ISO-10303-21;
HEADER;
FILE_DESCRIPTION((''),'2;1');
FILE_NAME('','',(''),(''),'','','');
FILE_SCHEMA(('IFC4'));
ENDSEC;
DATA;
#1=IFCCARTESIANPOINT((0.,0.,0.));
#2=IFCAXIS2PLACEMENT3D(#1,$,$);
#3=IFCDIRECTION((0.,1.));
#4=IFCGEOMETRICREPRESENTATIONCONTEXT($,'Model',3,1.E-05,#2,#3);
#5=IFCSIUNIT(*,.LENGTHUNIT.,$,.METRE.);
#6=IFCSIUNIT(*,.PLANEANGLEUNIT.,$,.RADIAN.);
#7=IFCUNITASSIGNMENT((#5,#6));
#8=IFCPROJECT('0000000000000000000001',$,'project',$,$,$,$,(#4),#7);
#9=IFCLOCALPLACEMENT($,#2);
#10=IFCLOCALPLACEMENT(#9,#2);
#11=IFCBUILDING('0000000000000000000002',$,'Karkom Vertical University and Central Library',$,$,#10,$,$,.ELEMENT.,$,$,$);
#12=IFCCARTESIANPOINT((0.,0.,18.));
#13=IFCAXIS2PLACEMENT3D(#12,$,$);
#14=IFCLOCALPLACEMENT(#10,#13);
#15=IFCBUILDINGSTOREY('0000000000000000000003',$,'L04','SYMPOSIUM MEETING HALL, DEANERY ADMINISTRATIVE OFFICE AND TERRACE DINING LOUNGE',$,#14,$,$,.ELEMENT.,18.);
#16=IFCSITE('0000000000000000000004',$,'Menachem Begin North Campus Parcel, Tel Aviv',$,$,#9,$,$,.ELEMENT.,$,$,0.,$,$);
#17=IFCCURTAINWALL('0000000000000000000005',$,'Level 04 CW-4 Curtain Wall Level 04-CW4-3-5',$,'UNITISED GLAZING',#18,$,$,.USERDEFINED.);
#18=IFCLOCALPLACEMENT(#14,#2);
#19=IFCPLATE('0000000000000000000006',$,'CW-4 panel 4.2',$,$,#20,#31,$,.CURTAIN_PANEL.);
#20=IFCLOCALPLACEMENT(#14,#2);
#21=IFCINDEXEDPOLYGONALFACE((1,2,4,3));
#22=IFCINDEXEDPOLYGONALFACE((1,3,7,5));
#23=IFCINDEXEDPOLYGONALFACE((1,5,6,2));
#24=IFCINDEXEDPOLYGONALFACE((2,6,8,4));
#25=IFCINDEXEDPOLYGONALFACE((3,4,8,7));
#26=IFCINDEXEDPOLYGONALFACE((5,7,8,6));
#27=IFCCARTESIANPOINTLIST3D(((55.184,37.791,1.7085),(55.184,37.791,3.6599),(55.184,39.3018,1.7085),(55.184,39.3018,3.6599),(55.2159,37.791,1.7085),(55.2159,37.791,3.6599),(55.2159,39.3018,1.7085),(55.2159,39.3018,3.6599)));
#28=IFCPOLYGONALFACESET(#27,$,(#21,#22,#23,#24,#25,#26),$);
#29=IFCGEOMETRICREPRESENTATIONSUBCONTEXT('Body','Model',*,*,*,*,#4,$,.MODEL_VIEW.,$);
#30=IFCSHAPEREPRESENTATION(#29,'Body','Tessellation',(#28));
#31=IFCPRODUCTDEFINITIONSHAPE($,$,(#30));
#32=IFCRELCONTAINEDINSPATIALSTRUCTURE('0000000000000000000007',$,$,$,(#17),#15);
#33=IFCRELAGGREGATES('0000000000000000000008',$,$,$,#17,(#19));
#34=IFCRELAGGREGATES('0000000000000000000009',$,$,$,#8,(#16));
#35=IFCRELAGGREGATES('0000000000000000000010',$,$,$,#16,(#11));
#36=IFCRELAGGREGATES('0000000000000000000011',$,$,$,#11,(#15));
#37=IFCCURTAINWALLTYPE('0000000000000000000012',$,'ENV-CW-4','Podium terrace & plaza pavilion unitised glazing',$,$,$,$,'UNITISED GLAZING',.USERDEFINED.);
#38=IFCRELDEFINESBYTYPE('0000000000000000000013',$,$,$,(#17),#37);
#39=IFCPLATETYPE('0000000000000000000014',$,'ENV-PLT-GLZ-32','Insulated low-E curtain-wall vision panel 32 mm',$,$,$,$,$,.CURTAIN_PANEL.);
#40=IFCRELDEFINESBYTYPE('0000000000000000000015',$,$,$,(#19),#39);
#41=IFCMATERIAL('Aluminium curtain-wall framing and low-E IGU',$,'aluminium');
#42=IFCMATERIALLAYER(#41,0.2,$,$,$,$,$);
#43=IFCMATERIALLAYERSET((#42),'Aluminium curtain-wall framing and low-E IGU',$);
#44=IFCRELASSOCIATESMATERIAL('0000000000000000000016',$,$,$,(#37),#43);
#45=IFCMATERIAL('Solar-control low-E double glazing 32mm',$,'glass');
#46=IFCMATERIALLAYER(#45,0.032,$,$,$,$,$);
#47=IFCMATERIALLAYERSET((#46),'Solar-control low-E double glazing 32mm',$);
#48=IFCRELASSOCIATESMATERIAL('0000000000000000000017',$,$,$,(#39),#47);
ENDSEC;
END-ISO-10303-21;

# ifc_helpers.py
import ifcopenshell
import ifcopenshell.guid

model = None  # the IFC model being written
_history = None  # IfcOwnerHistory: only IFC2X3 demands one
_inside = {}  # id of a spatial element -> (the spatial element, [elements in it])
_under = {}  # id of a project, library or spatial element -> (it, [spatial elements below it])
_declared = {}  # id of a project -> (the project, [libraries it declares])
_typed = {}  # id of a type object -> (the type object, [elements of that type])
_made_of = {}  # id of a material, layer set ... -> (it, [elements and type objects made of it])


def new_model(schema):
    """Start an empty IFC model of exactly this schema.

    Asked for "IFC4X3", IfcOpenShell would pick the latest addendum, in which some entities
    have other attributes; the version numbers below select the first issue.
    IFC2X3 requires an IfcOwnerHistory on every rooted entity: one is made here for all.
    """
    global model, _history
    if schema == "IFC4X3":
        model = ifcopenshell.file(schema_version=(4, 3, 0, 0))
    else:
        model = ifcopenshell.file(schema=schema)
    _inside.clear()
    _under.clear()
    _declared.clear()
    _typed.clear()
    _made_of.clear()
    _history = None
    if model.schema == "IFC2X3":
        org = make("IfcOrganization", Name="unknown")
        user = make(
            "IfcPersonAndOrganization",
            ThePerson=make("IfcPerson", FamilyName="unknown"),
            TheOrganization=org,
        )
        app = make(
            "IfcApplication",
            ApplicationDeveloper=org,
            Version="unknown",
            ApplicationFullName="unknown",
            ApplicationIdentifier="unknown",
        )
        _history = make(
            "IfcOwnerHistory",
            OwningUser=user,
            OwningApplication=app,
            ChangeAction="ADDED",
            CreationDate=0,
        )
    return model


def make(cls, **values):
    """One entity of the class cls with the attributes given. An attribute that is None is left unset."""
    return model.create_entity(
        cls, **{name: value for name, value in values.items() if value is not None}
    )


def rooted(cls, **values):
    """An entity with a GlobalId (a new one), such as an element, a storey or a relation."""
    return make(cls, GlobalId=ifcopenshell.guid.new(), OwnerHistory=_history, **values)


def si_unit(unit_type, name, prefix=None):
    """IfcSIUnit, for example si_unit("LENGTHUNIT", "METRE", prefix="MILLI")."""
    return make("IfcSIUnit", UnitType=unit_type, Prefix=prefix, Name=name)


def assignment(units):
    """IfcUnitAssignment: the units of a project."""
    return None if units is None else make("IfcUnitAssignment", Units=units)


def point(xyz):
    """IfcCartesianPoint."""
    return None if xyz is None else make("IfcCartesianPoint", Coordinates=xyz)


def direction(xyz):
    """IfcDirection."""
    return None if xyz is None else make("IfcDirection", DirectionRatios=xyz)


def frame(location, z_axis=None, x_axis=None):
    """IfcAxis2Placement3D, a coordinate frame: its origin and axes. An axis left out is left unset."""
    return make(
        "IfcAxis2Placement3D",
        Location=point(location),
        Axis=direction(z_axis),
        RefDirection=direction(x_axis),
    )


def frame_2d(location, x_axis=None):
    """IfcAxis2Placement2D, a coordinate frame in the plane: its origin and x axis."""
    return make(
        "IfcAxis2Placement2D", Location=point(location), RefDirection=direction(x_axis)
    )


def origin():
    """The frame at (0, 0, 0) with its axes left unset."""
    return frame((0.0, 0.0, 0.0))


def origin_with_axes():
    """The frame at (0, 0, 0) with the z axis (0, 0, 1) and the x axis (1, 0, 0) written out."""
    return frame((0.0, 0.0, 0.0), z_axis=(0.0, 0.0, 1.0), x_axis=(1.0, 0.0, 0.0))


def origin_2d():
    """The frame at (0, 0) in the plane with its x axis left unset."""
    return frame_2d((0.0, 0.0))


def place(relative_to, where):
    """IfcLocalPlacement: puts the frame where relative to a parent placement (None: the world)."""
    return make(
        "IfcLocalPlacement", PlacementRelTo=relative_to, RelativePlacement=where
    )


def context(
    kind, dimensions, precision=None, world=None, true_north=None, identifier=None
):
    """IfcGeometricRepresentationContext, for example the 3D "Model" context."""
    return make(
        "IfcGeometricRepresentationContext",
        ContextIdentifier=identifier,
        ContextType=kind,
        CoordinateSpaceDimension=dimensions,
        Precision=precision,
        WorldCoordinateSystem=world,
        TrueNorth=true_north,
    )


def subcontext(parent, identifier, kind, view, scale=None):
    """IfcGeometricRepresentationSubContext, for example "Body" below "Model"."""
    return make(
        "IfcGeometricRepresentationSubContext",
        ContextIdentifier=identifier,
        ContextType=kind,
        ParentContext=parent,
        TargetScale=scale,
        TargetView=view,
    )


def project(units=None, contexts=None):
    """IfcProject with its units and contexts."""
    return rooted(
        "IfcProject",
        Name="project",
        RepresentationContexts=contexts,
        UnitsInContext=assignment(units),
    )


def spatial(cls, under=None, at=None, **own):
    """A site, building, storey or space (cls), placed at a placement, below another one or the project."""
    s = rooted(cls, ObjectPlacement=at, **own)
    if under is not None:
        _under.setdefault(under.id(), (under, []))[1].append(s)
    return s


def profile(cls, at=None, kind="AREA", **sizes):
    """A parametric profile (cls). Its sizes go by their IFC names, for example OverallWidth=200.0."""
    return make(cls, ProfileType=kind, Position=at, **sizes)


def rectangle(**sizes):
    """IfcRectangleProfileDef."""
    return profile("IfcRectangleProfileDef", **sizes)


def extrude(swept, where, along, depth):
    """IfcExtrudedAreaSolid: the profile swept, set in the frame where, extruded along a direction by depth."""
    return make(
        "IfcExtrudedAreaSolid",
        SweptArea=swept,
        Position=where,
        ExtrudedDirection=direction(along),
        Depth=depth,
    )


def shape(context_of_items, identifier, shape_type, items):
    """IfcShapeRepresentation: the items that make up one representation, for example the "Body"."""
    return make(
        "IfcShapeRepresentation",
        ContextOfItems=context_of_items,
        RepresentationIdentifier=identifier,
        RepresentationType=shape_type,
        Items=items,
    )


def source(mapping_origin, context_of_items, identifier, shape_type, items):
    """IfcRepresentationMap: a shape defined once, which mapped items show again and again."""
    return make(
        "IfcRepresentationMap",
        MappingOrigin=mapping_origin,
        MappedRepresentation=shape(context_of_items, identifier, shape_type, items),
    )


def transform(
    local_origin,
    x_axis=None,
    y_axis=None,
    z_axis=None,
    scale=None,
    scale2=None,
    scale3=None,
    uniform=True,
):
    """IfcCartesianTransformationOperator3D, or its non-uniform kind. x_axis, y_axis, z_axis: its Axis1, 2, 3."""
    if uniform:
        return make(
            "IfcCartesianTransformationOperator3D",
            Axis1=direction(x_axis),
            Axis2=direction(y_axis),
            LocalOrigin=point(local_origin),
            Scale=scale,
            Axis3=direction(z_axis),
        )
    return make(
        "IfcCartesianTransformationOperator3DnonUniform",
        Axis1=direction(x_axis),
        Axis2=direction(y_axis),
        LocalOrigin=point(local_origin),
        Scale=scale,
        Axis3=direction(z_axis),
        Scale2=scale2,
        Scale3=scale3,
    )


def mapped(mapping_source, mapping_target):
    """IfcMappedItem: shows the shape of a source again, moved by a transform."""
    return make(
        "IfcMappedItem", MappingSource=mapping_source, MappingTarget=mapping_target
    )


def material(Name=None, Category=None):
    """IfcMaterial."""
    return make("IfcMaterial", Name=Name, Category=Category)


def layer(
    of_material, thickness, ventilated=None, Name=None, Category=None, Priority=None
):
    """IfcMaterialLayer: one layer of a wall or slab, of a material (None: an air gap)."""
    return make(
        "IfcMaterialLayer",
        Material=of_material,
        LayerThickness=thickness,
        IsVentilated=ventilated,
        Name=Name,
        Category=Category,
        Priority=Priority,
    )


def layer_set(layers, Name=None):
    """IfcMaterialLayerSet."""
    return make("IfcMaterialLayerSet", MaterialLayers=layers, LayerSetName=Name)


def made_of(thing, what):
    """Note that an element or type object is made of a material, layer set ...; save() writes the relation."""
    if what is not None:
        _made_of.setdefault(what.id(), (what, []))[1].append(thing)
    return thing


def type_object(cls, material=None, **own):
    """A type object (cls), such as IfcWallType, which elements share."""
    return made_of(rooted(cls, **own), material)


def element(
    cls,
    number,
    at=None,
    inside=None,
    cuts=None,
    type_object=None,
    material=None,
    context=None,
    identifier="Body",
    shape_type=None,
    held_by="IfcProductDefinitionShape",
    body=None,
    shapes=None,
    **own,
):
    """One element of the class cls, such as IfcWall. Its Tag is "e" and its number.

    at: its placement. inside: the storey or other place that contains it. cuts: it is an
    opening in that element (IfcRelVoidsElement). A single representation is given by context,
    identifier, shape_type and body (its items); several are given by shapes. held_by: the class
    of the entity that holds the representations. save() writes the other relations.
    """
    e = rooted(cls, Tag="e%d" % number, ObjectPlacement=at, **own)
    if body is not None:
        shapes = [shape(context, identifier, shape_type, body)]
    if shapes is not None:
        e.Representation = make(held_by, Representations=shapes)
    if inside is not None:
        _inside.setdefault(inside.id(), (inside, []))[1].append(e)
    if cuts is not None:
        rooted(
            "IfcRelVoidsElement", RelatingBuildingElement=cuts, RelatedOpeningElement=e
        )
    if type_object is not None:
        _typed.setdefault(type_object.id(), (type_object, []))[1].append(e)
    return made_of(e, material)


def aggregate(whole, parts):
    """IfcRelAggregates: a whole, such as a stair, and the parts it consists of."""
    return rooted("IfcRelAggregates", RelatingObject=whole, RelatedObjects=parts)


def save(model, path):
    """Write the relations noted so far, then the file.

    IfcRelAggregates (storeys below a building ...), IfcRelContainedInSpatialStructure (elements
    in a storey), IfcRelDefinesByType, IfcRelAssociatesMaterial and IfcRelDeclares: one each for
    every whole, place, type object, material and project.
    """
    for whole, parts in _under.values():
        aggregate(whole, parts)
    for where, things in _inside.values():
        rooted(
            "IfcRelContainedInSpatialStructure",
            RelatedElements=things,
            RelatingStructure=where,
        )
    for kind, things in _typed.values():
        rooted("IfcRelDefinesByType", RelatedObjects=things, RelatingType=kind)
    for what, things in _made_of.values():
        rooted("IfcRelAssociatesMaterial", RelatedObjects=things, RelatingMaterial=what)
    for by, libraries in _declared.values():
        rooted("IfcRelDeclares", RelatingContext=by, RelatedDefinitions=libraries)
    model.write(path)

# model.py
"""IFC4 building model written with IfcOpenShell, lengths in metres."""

from ifc_helpers import new_model, si_unit, direction, frame, origin, origin_with_axes, origin_2d, place, context, subcontext, project, spatial, rectangle, extrude, source, transform, mapped, material, layer, layer_set, type_object, element, aggregate, save


model = new_model("IFC4")

# Units and contexts
model_context = context("Model", 3, precision=1e-05, world=origin(), true_north=direction((0.0, 1.0)))
body_context = subcontext(model_context, "Body", "Model", "MODEL_VIEW")
ifc_project = project(units=[si_unit("LENGTHUNIT", "METRE"), si_unit("PLANEANGLEUNIT", "RADIAN")], contexts=[model_context])

# Site, building, storey
site_placement = place(None, origin())
site = spatial("IfcSite", under=ifc_project, at=site_placement, Name="Menachem Begin North Campus Parcel, Tel Aviv", CompositionType="ELEMENT", RefElevation=0.0)
building_placement = place(site_placement, origin())
building = spatial("IfcBuilding", under=site, at=building_placement, Name="Karkom Vertical University and Central Library", CompositionType="ELEMENT")
storey_placement = place(building_placement, frame((0.0, 0.0, 18.0)))
storey = spatial("IfcBuildingStorey", under=building, at=storey_placement, Name="L04", Description="SYMPOSIUM MEETING HALL, DEANERY ADMINISTRATIVE OFFICE AND TERRACE DINING LOUNGE", CompositionType="ELEMENT", Elevation=18.0)

# Curtain wall
ifc_material_1 = material(Name="Aluminium curtain-wall framing and low-E IGU", Category="aluminium")
ifc_layer_1 = layer(ifc_material_1, 0.2)
ifc_layer_set_1 = layer_set([ifc_layer_1], Name="Aluminium curtain-wall framing and low-E IGU")
curtain_wall_type = type_object("IfcCurtainWallType", Name="ENV-CW-4", Description="Podium terrace & plaza pavilion unitised glazing", ElementType="UNITISED GLAZING", PredefinedType="USERDEFINED", material=ifc_layer_set_1)
curtain_wall_1_placement = place(storey_placement, origin())
curtain_wall_1 = element("IfcCurtainWall", 1, at=curtain_wall_1_placement, inside=storey, type_object=curtain_wall_type, Name="Level 04 CW-4 Curtain Wall Level 04-CW4-3-5", ObjectType="UNITISED GLAZING", PredefinedType="USERDEFINED")

# Plate
ifc_material_2 = material(Name="Solar-control low-E double glazing 32mm", Category="glass")
ifc_layer_2 = layer(ifc_material_2, 0.032)
ifc_layer_set_2 = layer_set([ifc_layer_2], Name="Solar-control low-E double glazing 32mm")
plate_type = type_object("IfcPlateType", Name="ENV-PLT-GLZ-32", Description="Insulated low-E curtain-wall vision panel 32 mm", PredefinedType="CURTAIN_PANEL", material=ifc_layer_set_2)
shared_shape_1 = source(origin_with_axes(), body_context, "Body", "SweptSolid", [
    extrude(rectangle(XDim=1.5107, YDim=0.032, at=origin_2d()), origin(), (0.0, 0.0, 1.0), 1.9514),
])
plate_1_placement = place(storey_placement, frame((55.2, 38.5464, 1.7085), z_axis=(0.0, 0.0, 1.0), x_axis=(0.0, 1.0, 0.0)))
plate_1 = element("IfcPlate", 2, at=plate_1_placement, type_object=plate_type, Name="CW-4 panel 4.2", PredefinedType="CURTAIN_PANEL", context=body_context, shape_type="MappedRepresentation", body=[
    mapped(shared_shape_1, transform((0.0, 0.0, 0.0), scale=1.0)),
])
aggregate(curtain_wall_1, [plate_1])

save(model, "model.ifc")
